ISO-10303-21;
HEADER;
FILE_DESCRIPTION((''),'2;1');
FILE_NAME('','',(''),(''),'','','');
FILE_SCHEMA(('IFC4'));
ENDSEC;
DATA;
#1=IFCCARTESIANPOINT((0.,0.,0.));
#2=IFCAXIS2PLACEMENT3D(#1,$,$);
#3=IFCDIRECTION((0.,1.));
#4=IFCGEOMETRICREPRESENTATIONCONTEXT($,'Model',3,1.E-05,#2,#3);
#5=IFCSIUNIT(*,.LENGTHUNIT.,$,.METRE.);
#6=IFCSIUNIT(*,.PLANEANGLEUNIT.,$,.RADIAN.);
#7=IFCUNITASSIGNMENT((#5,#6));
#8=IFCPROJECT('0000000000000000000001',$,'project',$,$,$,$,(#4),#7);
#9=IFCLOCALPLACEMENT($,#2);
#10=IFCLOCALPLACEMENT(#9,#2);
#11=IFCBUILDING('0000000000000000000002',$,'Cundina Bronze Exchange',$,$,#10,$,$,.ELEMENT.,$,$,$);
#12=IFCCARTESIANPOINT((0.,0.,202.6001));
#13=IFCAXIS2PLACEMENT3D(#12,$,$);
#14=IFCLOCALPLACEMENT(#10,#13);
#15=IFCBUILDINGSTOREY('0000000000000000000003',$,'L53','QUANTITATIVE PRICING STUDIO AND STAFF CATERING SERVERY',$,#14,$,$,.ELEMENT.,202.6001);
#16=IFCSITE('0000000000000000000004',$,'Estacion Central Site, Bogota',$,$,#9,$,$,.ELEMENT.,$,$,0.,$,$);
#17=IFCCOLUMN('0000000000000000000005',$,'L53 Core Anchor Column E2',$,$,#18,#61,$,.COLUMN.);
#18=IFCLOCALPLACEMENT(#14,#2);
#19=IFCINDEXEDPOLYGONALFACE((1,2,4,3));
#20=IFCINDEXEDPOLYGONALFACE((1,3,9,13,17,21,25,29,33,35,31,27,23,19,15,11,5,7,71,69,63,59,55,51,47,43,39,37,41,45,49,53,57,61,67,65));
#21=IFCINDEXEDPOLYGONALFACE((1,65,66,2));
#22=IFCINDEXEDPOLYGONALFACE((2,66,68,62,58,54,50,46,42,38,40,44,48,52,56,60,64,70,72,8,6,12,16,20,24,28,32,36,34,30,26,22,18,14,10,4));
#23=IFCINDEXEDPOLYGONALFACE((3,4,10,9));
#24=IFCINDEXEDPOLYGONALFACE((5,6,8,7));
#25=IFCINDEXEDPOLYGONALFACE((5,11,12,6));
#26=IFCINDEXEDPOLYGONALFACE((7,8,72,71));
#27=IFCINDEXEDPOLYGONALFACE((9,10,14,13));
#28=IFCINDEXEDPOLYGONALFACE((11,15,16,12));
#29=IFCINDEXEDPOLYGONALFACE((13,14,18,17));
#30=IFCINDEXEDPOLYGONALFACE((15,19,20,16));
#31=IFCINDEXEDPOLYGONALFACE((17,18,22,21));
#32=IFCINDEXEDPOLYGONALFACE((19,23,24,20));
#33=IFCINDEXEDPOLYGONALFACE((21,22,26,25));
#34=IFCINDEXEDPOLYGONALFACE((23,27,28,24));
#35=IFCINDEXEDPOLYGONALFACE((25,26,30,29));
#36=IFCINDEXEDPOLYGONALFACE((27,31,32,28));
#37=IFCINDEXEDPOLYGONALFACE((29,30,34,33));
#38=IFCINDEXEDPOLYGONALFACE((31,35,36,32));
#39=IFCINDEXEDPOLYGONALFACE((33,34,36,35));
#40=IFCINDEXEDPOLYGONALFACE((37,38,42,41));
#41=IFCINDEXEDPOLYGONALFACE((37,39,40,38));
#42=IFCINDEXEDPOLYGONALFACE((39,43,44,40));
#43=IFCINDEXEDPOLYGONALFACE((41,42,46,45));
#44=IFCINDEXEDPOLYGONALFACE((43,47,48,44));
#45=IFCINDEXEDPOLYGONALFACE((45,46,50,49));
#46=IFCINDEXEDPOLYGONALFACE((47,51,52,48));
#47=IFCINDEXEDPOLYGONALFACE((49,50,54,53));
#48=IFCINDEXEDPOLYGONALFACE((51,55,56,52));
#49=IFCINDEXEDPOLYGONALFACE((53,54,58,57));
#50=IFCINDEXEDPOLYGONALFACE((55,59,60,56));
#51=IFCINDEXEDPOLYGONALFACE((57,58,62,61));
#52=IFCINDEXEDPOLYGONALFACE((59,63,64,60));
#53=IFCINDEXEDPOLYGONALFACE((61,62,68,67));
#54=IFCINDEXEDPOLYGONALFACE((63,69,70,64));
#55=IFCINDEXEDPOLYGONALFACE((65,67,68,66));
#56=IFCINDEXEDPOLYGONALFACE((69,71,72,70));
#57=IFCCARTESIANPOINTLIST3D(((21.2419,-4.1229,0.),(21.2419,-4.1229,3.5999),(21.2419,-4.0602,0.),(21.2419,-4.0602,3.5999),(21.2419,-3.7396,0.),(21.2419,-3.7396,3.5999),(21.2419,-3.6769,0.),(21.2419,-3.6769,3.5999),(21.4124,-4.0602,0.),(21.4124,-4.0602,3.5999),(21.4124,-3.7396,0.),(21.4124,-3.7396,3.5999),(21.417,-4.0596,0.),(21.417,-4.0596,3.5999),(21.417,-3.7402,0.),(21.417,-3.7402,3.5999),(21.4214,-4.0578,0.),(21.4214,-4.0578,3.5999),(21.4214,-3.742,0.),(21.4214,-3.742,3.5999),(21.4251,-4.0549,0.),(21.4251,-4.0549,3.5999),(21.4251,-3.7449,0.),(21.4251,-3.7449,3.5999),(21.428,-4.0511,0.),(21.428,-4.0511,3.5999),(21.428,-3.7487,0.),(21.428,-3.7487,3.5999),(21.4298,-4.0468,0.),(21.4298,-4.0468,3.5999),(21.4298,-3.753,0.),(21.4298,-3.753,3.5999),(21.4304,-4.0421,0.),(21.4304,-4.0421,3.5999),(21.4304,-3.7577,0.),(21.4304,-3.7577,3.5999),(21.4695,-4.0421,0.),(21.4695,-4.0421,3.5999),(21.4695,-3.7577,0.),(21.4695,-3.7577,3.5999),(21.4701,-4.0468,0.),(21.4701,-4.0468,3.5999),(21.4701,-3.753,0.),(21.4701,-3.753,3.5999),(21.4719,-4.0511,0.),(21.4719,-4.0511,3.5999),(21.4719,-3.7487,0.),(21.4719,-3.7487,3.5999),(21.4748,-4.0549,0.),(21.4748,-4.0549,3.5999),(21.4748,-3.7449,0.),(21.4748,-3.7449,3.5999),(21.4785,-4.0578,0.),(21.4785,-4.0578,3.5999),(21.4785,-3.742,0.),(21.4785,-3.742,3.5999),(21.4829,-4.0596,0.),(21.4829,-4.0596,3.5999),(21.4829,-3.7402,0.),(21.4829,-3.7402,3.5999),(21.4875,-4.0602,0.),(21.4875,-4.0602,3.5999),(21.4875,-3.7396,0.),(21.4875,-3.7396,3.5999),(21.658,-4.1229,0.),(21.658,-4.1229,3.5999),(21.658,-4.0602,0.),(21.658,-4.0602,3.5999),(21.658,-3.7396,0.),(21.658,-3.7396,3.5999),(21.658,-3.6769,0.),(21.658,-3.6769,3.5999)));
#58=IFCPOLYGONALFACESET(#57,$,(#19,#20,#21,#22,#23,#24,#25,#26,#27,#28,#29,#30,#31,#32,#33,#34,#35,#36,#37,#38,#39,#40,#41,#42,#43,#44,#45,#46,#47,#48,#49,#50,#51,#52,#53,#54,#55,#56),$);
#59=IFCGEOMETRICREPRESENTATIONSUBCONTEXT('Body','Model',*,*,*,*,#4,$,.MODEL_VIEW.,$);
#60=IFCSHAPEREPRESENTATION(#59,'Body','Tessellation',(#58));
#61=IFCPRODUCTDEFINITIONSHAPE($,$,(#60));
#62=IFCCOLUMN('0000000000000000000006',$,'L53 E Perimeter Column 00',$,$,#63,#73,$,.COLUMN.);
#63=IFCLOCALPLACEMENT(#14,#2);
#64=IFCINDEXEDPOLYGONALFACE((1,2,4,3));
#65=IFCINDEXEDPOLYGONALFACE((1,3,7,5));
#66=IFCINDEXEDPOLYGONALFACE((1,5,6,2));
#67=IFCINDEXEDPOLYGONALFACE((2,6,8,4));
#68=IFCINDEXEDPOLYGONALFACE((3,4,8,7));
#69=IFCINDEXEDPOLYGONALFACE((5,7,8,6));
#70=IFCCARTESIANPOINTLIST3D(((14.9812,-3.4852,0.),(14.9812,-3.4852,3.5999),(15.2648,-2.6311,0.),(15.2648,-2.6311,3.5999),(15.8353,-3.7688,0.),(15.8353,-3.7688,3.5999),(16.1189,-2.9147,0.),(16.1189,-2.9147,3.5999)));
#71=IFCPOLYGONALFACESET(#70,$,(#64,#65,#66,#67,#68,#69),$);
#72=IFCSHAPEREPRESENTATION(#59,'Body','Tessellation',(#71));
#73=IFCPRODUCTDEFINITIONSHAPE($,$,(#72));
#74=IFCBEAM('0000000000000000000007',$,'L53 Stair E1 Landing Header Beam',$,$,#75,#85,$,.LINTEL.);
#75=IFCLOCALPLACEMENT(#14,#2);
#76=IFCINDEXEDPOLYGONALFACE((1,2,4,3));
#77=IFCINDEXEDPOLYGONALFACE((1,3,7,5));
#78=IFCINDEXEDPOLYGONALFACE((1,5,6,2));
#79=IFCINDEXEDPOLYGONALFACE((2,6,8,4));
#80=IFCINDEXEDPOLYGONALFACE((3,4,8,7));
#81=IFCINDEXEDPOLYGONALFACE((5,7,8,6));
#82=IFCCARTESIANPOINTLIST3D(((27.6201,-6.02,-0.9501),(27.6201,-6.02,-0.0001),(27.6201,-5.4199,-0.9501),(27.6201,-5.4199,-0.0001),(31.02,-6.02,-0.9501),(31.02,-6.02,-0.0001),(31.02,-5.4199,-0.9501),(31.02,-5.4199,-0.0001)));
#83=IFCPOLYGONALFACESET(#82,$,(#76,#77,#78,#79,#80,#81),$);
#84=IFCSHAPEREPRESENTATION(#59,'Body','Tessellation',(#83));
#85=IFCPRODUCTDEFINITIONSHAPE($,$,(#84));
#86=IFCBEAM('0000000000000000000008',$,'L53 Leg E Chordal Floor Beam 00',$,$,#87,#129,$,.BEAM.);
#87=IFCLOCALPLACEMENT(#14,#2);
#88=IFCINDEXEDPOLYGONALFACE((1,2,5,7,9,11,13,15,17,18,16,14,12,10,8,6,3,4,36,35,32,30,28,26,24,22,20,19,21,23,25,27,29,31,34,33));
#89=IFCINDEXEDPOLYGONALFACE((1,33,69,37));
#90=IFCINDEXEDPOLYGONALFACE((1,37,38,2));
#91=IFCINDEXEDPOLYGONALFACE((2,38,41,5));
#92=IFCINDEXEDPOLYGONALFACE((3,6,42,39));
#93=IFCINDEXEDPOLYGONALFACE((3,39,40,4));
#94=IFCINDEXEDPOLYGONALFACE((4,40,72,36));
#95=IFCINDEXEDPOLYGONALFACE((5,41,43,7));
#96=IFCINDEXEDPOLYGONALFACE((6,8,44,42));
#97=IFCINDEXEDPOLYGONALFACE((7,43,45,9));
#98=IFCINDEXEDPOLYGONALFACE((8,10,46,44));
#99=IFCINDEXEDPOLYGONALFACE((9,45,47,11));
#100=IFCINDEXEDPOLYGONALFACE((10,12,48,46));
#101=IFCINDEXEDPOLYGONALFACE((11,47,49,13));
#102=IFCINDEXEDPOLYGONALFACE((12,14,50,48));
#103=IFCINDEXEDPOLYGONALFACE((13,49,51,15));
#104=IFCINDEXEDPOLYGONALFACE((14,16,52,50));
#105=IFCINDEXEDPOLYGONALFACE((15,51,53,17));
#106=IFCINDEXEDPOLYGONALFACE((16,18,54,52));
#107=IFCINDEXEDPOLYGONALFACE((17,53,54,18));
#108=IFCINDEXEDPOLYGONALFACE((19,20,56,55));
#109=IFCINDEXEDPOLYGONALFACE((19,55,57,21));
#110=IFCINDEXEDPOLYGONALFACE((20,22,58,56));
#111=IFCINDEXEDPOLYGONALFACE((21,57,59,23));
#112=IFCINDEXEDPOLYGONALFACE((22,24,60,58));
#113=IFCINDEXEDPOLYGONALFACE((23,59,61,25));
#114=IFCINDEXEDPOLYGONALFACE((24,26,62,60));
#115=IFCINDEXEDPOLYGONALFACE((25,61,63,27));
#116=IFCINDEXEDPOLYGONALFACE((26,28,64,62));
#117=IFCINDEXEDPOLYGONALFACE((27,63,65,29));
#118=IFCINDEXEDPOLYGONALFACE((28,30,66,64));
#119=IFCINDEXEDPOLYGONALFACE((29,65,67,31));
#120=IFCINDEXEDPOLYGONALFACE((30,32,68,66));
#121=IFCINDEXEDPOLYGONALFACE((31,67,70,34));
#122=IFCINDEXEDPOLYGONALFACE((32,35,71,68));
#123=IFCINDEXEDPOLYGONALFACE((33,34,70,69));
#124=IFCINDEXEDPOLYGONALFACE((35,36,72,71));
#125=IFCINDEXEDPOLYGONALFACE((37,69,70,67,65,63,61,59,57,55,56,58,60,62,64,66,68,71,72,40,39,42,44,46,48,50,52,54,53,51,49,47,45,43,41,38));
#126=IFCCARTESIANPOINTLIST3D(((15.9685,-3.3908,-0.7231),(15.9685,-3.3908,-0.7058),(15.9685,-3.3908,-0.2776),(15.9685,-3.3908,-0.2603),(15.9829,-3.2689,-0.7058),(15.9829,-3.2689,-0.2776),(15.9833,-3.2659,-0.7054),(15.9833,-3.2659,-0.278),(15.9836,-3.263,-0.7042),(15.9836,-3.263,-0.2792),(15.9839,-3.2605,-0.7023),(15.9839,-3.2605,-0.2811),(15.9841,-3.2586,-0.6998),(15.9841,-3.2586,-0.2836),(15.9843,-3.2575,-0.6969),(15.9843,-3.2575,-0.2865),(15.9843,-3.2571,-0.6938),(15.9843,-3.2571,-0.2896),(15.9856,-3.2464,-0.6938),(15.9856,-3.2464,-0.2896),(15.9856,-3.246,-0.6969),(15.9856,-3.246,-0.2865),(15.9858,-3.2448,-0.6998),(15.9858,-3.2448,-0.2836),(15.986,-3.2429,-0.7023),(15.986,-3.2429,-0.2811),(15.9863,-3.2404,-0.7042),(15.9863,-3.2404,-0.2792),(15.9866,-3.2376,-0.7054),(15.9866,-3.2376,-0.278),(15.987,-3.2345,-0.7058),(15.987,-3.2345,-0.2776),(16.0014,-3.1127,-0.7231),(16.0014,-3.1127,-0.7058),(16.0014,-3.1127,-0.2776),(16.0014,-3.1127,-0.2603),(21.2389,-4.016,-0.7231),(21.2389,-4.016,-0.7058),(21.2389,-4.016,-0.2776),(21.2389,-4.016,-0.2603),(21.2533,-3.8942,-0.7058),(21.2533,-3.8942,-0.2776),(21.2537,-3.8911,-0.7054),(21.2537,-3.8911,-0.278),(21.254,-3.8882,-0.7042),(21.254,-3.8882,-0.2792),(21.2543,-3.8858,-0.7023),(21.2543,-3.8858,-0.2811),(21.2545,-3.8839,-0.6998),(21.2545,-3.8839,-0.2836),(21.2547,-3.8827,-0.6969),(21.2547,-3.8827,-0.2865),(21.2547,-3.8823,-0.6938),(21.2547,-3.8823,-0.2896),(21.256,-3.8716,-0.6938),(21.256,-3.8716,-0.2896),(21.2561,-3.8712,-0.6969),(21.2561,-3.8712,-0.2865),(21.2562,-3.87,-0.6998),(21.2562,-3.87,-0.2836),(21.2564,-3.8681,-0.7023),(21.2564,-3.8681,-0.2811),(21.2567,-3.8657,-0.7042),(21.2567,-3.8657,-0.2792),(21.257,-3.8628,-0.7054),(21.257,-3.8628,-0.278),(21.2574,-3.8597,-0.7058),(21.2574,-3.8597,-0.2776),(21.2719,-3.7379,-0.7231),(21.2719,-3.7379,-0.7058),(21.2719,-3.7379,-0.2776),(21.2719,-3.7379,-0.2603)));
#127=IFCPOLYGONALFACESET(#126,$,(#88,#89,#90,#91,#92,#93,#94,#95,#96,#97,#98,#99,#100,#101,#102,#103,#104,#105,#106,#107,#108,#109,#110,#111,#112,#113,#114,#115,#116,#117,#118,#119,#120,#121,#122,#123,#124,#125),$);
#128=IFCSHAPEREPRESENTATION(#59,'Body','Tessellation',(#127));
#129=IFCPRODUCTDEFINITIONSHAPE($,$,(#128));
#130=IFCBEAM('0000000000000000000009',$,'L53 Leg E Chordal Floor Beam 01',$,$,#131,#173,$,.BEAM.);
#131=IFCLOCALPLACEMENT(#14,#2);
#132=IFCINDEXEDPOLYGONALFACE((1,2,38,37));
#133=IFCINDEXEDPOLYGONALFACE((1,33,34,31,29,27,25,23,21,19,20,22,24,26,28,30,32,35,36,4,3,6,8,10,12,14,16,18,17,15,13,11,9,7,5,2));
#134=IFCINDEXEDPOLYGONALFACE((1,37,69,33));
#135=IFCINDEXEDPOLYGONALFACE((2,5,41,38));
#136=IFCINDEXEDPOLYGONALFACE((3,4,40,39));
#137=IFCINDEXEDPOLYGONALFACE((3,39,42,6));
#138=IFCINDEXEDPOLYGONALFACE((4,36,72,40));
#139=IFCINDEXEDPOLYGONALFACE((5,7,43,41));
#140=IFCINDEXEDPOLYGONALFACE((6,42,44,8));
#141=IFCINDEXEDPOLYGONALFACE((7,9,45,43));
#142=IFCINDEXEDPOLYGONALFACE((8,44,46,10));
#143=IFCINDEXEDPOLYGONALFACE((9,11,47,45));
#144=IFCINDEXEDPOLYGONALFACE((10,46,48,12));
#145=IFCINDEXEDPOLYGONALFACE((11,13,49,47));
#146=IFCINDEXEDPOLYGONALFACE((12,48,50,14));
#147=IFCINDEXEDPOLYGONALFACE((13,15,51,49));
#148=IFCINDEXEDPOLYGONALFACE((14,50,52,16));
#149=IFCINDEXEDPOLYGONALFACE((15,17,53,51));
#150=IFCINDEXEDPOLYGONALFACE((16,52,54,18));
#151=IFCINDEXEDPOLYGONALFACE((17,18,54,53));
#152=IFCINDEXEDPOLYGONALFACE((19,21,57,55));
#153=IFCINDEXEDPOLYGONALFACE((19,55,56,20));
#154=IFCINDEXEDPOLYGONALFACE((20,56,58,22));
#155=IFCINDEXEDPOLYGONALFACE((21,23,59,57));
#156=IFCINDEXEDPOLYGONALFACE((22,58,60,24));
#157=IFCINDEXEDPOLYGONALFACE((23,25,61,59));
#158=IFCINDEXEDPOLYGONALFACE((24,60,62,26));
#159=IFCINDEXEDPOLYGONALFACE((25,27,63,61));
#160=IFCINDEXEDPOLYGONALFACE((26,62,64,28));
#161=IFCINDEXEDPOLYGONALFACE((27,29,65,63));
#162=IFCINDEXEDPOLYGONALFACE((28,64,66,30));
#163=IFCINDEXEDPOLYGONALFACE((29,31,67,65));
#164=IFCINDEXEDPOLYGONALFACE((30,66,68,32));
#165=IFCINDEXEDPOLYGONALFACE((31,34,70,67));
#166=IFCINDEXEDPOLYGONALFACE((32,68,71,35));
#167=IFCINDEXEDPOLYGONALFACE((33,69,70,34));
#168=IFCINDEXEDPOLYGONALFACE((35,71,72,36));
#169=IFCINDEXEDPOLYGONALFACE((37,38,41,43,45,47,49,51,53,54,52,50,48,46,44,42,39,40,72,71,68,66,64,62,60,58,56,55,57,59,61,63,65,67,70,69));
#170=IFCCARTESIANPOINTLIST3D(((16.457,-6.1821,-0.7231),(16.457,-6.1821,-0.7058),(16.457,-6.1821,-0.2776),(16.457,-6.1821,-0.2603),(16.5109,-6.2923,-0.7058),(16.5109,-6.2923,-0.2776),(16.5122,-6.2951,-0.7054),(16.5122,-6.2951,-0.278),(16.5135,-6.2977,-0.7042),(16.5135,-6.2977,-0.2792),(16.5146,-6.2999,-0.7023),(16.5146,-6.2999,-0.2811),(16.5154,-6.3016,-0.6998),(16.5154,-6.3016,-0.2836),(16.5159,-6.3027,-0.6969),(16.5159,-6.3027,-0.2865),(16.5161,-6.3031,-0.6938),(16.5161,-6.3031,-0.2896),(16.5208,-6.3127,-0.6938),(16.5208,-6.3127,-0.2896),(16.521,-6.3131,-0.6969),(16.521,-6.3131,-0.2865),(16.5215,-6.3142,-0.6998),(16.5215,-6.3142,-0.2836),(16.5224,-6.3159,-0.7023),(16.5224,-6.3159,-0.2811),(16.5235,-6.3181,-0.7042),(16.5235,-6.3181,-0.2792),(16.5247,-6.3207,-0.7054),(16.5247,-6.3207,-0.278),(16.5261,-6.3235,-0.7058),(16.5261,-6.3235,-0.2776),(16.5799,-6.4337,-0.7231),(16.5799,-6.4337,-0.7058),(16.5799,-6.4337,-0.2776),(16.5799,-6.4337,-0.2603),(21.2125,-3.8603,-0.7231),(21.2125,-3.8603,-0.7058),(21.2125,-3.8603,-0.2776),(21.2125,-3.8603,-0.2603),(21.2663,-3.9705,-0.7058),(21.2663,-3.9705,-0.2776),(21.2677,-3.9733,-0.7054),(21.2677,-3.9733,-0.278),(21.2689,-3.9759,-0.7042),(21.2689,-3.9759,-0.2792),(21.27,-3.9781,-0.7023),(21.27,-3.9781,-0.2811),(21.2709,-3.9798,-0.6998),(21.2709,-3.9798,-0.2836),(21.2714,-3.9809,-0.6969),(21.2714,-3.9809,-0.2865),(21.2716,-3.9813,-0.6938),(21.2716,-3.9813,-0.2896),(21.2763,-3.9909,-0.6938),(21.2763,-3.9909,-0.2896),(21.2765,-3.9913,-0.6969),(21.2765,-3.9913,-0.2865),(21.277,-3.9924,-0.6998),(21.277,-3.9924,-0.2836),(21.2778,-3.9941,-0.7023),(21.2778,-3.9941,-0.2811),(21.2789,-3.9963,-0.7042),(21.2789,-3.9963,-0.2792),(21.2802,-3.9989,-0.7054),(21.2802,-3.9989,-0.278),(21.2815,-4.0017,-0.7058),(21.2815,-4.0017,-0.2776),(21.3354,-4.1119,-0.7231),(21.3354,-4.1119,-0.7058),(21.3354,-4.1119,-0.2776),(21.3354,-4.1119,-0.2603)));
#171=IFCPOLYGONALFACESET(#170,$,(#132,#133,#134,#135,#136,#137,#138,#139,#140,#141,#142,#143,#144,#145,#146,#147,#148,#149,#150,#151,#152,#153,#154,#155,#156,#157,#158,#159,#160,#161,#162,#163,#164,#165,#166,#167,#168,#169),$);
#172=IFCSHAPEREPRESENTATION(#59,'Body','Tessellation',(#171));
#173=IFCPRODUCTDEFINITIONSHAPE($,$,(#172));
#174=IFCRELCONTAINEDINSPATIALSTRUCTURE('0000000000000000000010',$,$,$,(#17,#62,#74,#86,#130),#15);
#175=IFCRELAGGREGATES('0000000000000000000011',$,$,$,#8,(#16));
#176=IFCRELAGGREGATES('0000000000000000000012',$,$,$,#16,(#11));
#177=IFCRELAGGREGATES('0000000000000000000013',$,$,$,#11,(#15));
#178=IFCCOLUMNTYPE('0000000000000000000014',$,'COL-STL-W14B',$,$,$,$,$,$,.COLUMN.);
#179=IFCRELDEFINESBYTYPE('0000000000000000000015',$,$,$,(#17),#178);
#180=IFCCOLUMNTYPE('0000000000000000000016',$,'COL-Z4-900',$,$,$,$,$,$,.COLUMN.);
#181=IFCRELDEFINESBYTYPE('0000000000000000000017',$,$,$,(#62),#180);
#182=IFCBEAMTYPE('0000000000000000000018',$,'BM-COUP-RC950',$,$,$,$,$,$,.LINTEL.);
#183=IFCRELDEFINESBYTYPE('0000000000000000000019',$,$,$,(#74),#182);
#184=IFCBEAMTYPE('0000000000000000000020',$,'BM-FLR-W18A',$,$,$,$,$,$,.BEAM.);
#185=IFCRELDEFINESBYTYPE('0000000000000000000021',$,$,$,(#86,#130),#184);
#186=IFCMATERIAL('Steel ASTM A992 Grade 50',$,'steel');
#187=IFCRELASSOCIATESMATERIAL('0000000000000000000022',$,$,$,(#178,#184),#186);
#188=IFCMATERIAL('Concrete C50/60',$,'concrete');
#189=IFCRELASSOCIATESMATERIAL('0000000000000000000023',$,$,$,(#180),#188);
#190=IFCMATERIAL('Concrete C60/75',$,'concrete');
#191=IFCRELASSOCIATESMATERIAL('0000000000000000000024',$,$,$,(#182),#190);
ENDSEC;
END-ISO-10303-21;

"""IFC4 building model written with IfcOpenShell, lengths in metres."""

from ifc_helpers import new_model, si_unit, direction, frame, origin, origin_2d, place, context, subcontext, project, spatial, rectangle, i_section, extrude, material, material_profile, profile_set, type_object, element, save


model = new_model("IFC4")

# Units and contexts
model_context = context("Model", 3, precision=1e-05, world=origin(), true_north=direction((0.0, 1.0)))
body_context = subcontext(model_context, "Body", "Model", "MODEL_VIEW")
ifc_project = project(units=[si_unit("LENGTHUNIT", "METRE"), si_unit("PLANEANGLEUNIT", "RADIAN")], contexts=[model_context])

# Site, building, storey
site_placement = place(None, origin())
site = spatial("IfcSite", under=ifc_project, at=site_placement, Name="Estacion Central Site, Bogota", CompositionType="ELEMENT", RefElevation=0.0)
building_placement = place(site_placement, origin())
building = spatial("IfcBuilding", under=site, at=building_placement, Name="Cundina Bronze Exchange", CompositionType="ELEMENT")
storey_placement = place(building_placement, frame((0.0, 0.0, 202.6001)))
storey = spatial("IfcBuildingStorey", under=building, at=storey_placement, Name="L53", Description="QUANTITATIVE PRICING STUDIO AND STAFF CATERING SERVERY", CompositionType="ELEMENT", Elevation=202.6001)

# Columns
ifc_material_1 = material(Name="Steel ASTM A992 Grade 50", Category="steel")
ifc_material_profile_1 = material_profile(ifc_material_1, i_section(OverallWidth=0.416, OverallDepth=0.446, WebThickness=0.0391, FlangeThickness=0.0627, FilletRadius=0.0181, at=origin_2d()), Name="W14X342", Category="steel")
ifc_profile_set_1 = profile_set([ifc_material_profile_1], Name="Steel ASTM A992 Grade 50")
column_type_1 = type_object("IfcColumnType", Name="COL-STL-W14B", PredefinedType="COLUMN", material=ifc_profile_set_1)
column_1_placement = place(storey_placement, frame((21.45, -3.8999, 0.0), z_axis=(0.0, 0.0, 1.0), x_axis=(1.0, 0.0, 0.0)))
element("IfcColumn", 1, at=column_1_placement, inside=storey, type_object=column_type_1, Name="L53 Core Anchor Column E2", PredefinedType="COLUMN", context=body_context, shape_type="SweptSolid", body=[
    extrude(i_section(OverallWidth=0.416, OverallDepth=0.446, WebThickness=0.0391, FlangeThickness=0.0627, FilletRadius=0.0181, at=origin_2d()), origin(), (0.0, 0.0, 1.0), 3.5999),
])
ifc_material_2 = material(Name="Concrete C50/60", Category="concrete")
ifc_material_profile_2 = material_profile(ifc_material_2, rectangle(XDim=0.8999, YDim=0.8999, at=origin_2d()), Name="RC900X900", Category="concrete")
ifc_profile_set_2 = profile_set([ifc_material_profile_2], Name="Concrete C50/60")
column_type_2 = type_object("IfcColumnType", Name="COL-Z4-900", PredefinedType="COLUMN", material=ifc_profile_set_2)
column_2_placement = place(storey_placement, frame((15.55, -3.2, 0.0), z_axis=(0.0, 0.0, 1.0), x_axis=(-0.315152, -0.949041, 0.0)))
element("IfcColumn", 2, at=column_2_placement, inside=storey, type_object=column_type_2, Name="L53 E Perimeter Column 00", PredefinedType="COLUMN", context=body_context, shape_type="SweptSolid", body=[
    extrude(rectangle(XDim=0.8999, YDim=0.8999, at=origin_2d()), origin(), (0.0, 0.0, 1.0), 3.5999),
])

# Beams
ifc_material_3 = material(Name="Concrete C60/75", Category="concrete")
ifc_material_profile_3 = material_profile(ifc_material_3, rectangle(XDim=0.6001, YDim=0.95, at=origin_2d()), Name="RC600X950", Category="concrete")
ifc_profile_set_3 = profile_set([ifc_material_profile_3], Name="Concrete C60/75")
beam_type_1 = type_object("IfcBeamType", Name="BM-COUP-RC950", PredefinedType="LINTEL", material=ifc_profile_set_3)
beam_1_placement = place(storey_placement, frame((27.6201, -5.72, -0.4751), z_axis=(1.0, 0.0, 0.0), x_axis=(0.0, 1.0, 0.0)))
element("IfcBeam", 3, at=beam_1_placement, inside=storey, type_object=beam_type_1, Name="L53 Stair E1 Landing Header Beam", PredefinedType="LINTEL", context=body_context, shape_type="SweptSolid", body=[
    extrude(rectangle(XDim=0.6001, YDim=0.95, at=origin_2d()), origin(), (0.0, 0.0, 1.0), 3.3999),
])
ifc_material_profile_4 = material_profile(ifc_material_1, i_section(OverallWidth=0.28, OverallDepth=0.4629, WebThickness=0.0107, FlangeThickness=0.0173, FilletRadius=0.012, at=origin_2d()), Name="W18X76", Category="steel")
ifc_profile_set_4 = profile_set([ifc_material_profile_4], Name="Steel ASTM A992 Grade 50")
beam_type_2 = type_object("IfcBeamType", Name="BM-FLR-W18A", PredefinedType="BEAM", material=ifc_profile_set_4)
beam_2_placement = place(storey_placement, frame((21.2554, -3.877, -0.4917), z_axis=(-0.993037, 0.117805, 0.0), x_axis=(-0.117805, -0.993037, 0.0)))
element("IfcBeam", 4, at=beam_2_placement, inside=storey, type_object=beam_type_2, Name="L53 Leg E Chordal Floor Beam 00", PredefinedType="BEAM", context=body_context, shape_type="SweptSolid", body=[
    extrude(i_section(OverallWidth=0.28, OverallDepth=0.4629, WebThickness=0.0107, FlangeThickness=0.0173, FilletRadius=0.012, at=origin_2d()), origin(), (0.0, 0.0, 1.0), 5.3074),
])
beam_3_placement = place(storey_placement, frame((21.2739, -3.9861, -0.4917), z_axis=(-0.898613, -0.438742, 0.0), x_axis=(0.438742, -0.898613, 0.0)))
element("IfcBeam", 5, at=beam_3_placement, inside=storey, type_object=beam_type_2, Name="L53 Leg E Chordal Floor Beam 01", PredefinedType="BEAM", context=body_context, shape_type="SweptSolid", body=[
    extrude(i_section(OverallWidth=0.28, OverallDepth=0.4629, WebThickness=0.0107, FlangeThickness=0.0173, FilletRadius=0.012, at=origin_2d()), origin(), (0.0, 0.0, 1.0), 5.292),
])

save(model, "model.ifc")
